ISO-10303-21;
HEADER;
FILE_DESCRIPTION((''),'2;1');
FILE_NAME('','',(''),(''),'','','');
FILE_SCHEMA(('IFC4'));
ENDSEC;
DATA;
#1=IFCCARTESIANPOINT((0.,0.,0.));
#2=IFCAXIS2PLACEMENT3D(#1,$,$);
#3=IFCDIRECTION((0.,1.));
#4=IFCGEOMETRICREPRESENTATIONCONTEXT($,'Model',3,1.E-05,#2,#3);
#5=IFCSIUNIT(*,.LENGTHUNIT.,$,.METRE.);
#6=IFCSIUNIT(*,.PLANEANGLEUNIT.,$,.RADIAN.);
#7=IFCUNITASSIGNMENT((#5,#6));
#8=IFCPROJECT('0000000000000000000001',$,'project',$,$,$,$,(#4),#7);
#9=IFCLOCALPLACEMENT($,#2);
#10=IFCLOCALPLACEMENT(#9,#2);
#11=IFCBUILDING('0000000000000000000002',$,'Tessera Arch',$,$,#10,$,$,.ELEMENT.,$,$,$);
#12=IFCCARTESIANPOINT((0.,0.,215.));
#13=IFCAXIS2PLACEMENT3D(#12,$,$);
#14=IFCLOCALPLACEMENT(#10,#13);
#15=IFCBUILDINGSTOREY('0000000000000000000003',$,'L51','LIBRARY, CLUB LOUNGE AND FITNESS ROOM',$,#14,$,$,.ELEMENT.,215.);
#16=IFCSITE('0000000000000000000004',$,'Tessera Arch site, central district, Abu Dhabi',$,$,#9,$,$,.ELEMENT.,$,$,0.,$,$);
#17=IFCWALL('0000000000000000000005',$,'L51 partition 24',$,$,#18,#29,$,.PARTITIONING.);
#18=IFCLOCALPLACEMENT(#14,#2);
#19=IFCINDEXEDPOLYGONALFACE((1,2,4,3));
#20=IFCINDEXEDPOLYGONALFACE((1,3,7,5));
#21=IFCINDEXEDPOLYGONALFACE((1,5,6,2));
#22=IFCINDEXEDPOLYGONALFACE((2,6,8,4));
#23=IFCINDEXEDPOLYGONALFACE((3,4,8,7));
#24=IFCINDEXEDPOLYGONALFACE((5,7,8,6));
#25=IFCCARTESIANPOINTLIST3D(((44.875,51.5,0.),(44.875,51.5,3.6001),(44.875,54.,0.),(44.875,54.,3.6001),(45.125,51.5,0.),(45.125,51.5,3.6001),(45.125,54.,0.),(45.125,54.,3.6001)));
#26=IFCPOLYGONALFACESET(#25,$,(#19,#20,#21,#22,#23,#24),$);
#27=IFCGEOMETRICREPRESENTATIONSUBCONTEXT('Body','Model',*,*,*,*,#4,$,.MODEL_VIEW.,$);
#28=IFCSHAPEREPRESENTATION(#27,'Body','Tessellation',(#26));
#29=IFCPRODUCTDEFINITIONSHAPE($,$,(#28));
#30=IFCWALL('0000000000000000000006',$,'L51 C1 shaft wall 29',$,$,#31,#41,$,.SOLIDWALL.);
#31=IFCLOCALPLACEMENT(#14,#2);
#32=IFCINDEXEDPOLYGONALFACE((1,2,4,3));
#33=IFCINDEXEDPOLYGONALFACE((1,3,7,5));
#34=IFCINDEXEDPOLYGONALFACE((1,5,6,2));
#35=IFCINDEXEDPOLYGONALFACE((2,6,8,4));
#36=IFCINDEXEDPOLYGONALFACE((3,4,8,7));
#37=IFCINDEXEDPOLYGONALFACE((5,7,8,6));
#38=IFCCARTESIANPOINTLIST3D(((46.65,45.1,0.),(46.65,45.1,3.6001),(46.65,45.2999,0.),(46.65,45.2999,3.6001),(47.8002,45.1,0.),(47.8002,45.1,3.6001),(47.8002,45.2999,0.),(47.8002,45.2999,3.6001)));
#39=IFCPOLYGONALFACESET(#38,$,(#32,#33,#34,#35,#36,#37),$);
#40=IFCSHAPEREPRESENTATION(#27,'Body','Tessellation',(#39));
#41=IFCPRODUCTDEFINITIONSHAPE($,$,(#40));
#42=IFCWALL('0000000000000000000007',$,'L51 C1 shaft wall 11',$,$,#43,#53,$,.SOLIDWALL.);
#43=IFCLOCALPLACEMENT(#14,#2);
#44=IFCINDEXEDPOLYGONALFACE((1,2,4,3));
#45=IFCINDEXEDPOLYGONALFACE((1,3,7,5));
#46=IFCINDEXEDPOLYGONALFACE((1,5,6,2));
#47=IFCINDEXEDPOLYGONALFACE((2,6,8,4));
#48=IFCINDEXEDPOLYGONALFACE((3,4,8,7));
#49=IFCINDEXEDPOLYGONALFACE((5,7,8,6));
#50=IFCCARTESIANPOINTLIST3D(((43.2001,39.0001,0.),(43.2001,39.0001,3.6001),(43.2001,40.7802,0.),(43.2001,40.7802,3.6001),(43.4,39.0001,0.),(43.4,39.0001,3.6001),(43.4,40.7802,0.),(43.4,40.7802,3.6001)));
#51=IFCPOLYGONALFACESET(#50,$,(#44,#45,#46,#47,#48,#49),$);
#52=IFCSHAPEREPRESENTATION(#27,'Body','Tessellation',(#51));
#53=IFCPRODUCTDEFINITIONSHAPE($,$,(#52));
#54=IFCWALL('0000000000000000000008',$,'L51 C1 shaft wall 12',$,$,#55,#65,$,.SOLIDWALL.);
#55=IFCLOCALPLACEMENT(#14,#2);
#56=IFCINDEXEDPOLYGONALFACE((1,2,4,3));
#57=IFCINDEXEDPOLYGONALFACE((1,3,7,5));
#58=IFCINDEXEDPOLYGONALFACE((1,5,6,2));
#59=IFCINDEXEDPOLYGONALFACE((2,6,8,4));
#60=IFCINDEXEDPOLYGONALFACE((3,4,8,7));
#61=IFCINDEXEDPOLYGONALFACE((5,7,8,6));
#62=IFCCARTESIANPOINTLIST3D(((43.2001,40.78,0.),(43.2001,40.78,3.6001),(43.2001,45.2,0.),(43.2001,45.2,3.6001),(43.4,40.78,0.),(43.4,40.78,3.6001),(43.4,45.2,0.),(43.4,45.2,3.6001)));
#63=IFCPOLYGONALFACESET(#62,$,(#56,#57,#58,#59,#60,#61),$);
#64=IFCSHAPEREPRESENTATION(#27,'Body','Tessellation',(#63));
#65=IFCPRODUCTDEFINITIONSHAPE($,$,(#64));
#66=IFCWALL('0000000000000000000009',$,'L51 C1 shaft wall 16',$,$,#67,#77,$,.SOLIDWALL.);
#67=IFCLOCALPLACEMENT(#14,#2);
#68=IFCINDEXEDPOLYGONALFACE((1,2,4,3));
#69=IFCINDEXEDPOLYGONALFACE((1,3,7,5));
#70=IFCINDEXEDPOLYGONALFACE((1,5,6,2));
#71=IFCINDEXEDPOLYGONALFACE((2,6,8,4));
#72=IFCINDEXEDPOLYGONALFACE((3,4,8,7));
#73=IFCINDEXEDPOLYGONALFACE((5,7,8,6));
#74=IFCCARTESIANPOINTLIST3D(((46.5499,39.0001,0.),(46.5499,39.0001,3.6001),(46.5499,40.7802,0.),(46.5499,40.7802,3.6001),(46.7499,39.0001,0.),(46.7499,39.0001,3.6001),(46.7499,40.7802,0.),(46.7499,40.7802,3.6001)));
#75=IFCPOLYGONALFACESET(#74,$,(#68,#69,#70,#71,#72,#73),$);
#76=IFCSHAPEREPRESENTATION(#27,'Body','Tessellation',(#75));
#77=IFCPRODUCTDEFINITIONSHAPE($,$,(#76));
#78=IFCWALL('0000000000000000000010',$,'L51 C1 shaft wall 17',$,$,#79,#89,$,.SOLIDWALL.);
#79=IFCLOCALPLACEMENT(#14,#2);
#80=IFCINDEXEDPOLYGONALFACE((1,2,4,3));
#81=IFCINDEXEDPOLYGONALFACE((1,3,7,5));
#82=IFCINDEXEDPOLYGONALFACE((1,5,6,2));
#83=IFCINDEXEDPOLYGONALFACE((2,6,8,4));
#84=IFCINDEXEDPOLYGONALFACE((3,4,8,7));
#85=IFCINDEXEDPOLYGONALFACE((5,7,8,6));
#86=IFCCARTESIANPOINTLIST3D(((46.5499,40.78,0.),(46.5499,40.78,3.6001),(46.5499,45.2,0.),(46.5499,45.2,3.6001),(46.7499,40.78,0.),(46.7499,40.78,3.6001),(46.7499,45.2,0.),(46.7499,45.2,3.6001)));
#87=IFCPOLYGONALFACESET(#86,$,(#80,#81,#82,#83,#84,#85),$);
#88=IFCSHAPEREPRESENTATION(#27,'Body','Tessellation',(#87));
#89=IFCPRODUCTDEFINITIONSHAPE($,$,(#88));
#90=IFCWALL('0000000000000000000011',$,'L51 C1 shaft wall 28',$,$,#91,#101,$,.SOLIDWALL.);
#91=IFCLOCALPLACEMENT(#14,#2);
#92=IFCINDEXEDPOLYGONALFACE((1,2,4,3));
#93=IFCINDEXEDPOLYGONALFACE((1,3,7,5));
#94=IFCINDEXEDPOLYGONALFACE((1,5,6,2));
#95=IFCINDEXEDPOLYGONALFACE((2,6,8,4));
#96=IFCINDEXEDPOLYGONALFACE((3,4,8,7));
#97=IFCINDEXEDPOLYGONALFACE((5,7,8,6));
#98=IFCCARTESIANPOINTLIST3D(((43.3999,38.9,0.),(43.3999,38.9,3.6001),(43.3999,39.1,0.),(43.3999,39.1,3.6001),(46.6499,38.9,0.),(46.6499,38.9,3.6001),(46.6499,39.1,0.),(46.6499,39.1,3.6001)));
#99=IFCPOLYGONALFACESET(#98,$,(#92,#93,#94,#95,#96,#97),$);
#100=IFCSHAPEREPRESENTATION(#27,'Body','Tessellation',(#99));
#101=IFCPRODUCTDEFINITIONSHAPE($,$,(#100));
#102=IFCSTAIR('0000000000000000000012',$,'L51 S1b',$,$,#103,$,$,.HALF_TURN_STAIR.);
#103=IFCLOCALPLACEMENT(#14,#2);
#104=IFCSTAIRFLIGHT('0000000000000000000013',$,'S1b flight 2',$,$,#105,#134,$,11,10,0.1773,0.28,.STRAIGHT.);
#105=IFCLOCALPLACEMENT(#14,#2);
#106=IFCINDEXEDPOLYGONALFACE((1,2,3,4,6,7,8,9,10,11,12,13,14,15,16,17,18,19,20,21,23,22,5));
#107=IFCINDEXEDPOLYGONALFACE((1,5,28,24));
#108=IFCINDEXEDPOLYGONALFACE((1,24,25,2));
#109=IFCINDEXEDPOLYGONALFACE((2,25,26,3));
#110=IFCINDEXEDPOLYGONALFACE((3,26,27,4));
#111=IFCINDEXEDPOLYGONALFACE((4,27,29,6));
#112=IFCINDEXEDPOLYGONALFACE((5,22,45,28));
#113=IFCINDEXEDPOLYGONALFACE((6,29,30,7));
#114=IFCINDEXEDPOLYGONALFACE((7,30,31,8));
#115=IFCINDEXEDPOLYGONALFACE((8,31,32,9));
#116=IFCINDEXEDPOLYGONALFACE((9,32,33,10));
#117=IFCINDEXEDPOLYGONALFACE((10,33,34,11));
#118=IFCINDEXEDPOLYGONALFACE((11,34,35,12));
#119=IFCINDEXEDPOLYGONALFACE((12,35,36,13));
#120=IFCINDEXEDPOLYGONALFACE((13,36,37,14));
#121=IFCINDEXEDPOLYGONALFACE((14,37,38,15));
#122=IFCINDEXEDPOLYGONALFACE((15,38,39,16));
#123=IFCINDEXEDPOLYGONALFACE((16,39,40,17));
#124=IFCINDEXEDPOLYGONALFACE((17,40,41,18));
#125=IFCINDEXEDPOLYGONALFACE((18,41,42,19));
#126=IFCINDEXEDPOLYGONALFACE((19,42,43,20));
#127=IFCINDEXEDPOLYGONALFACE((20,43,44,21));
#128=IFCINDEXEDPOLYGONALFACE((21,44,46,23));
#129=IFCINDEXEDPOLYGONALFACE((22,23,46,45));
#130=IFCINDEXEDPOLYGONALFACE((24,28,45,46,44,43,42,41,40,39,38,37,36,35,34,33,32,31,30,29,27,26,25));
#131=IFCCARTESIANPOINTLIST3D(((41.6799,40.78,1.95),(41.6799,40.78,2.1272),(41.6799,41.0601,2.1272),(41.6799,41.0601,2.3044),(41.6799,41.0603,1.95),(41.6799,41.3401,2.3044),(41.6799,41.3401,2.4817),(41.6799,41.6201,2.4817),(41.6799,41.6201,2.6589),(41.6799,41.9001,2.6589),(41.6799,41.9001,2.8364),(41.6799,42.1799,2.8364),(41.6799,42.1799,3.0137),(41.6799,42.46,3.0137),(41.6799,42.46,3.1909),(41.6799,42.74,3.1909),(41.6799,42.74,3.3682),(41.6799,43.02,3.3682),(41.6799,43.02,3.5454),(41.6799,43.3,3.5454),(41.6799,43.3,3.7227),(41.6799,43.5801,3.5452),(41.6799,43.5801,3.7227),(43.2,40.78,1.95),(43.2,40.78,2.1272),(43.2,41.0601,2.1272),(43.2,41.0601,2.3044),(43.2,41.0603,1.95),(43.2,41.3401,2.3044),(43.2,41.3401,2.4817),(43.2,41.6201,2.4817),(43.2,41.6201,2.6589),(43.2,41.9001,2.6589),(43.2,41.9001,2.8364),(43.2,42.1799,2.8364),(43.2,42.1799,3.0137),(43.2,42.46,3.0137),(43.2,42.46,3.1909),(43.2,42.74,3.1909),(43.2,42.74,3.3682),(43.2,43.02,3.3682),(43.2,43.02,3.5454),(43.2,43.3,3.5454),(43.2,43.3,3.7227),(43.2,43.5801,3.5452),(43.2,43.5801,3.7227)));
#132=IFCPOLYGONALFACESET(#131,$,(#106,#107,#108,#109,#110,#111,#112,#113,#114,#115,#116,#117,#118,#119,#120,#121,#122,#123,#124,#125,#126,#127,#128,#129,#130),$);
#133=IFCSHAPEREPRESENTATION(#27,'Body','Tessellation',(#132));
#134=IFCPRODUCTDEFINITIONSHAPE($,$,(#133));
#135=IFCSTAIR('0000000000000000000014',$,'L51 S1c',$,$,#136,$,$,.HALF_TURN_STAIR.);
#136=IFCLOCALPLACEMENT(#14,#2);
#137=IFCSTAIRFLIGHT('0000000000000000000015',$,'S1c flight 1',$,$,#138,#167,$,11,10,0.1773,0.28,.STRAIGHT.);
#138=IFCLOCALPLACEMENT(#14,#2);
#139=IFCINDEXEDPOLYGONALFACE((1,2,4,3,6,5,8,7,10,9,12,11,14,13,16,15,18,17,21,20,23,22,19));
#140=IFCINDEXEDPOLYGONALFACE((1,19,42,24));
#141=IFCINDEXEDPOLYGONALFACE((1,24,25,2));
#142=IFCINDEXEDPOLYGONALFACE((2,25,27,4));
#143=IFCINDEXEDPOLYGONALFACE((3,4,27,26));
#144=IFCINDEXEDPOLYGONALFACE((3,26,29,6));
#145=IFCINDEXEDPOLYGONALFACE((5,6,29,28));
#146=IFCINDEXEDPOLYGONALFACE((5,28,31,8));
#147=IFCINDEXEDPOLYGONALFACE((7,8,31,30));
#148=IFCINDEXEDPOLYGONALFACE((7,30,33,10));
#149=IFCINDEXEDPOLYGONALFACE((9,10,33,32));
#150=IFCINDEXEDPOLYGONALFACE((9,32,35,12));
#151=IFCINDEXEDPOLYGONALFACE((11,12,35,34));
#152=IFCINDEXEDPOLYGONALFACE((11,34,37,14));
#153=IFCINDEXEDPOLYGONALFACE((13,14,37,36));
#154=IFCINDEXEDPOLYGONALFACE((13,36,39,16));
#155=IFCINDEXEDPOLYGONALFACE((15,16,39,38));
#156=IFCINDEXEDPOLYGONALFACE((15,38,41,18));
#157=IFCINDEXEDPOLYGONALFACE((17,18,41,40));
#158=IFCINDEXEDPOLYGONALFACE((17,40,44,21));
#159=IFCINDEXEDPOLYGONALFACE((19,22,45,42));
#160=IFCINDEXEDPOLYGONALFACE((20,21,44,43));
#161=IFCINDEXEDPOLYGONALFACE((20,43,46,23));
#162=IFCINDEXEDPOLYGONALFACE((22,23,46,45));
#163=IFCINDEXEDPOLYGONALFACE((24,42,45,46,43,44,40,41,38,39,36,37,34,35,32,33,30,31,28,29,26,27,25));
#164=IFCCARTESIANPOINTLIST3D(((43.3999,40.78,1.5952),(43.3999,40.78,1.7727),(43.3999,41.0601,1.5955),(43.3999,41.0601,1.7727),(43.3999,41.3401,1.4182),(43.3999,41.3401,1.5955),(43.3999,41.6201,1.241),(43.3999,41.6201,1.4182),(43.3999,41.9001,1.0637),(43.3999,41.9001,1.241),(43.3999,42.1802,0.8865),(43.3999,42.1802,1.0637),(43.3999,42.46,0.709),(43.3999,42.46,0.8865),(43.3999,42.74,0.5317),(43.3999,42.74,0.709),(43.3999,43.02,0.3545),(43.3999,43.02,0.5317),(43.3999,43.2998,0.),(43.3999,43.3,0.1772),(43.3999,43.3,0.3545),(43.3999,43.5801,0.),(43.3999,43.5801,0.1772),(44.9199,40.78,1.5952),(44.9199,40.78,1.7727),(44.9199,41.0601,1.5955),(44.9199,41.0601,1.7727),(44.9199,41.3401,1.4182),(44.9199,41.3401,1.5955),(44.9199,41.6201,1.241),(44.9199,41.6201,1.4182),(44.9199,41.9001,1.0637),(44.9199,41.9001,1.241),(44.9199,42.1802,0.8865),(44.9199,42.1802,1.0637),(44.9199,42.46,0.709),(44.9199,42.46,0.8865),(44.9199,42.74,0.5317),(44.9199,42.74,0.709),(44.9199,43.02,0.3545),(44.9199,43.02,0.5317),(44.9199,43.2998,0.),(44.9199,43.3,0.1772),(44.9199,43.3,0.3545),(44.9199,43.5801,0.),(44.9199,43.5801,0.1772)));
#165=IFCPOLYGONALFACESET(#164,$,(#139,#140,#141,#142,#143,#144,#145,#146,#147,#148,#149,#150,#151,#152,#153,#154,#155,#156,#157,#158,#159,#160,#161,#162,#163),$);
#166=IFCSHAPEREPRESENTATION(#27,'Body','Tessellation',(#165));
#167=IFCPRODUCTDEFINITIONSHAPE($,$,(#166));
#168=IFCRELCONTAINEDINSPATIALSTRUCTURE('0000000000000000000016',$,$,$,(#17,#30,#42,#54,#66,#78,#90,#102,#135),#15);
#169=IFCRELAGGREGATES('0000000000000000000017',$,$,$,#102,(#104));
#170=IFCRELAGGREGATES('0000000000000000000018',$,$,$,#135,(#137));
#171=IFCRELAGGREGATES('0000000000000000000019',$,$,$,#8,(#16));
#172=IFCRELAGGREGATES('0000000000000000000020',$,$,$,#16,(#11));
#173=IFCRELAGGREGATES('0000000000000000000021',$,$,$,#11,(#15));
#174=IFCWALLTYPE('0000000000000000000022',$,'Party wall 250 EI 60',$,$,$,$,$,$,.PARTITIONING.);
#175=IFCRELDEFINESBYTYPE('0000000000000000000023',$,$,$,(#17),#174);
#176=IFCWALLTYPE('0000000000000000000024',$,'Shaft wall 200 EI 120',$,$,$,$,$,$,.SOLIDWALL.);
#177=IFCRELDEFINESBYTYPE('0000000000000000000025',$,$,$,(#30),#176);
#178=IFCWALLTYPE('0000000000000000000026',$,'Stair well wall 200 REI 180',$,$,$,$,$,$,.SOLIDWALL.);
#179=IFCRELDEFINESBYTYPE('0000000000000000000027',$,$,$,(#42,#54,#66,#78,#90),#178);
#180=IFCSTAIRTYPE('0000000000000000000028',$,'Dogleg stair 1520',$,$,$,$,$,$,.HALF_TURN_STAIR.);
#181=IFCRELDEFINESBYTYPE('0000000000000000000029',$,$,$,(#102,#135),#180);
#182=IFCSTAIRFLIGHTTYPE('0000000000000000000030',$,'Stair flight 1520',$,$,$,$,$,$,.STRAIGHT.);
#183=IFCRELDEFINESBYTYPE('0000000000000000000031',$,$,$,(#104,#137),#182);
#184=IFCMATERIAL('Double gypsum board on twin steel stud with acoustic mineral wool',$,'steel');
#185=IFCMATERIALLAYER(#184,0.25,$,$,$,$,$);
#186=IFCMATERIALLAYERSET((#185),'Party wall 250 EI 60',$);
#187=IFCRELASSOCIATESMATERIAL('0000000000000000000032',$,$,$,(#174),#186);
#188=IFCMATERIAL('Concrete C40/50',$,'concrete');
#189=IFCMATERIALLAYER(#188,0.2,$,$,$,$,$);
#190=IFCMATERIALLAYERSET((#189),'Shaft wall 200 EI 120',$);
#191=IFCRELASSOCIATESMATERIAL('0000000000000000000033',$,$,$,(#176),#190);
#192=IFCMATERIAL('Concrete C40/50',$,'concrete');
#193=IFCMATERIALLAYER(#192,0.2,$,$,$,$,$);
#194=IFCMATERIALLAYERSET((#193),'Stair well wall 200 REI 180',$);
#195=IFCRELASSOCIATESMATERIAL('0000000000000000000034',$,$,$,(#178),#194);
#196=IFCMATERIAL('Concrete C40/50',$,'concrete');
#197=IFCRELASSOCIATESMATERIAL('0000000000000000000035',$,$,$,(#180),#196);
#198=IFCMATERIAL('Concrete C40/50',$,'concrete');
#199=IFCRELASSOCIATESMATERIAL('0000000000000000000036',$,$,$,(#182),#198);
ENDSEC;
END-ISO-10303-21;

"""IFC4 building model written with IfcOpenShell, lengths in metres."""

from ifc_helpers import new_model, si_unit, direction, frame, frame_2d, origin, place, context, subcontext, project, spatial, polyline, rectangle, outline, extrude, material, layer, layer_set, type_object, element, aggregate, save


model = new_model("IFC4")

# Units and contexts
model_context = context("Model", 3, precision=1e-05, world=origin(), true_north=direction((0.0, 1.0)))
body_context = subcontext(model_context, "Body", "Model", "MODEL_VIEW")
ifc_project = project(units=[si_unit("LENGTHUNIT", "METRE"), si_unit("PLANEANGLEUNIT", "RADIAN")], contexts=[model_context])

# Site, building, storey
site_placement = place(None, origin())
site = spatial("IfcSite", under=ifc_project, at=site_placement, Name="Tessera Arch site, central district, Abu Dhabi", CompositionType="ELEMENT", RefElevation=0.0)
building_placement = place(site_placement, origin())
building = spatial("IfcBuilding", under=site, at=building_placement, Name="Tessera Arch", CompositionType="ELEMENT")
storey_placement = place(building_placement, frame((0.0, 0.0, 215.0)))
storey = spatial("IfcBuildingStorey", under=building, at=storey_placement, Name="L51", Description="LIBRARY, CLUB LOUNGE AND FITNESS ROOM", CompositionType="ELEMENT", Elevation=215.0)

# Walls
ifc_material_1 = material(Name="Double gypsum board on twin steel stud with acoustic mineral wool", Category="steel")
ifc_layer_1 = layer(ifc_material_1, 0.25)
ifc_layer_set_1 = layer_set([ifc_layer_1], Name="Party wall 250 EI 60")
wall_type_1 = type_object("IfcWallType", Name="Party wall 250 EI 60", PredefinedType="PARTITIONING", material=ifc_layer_set_1)
wall_1_placement = place(storey_placement, frame((45.0, 51.5, 0.0), z_axis=(0.0, 0.0, 1.0), x_axis=(0.0, 1.0, 0.0)))
element("IfcWall", 1, at=wall_1_placement, inside=storey, type_object=wall_type_1, Name="L51 partition 24", PredefinedType="PARTITIONING", context=body_context, shape_type="SweptSolid", body=[
    extrude(rectangle(XDim=2.5, YDim=0.25, at=frame_2d((1.25, 0.0))), origin(), (0.0, 0.0, 1.0), 3.6001),
])
ifc_material_2 = material(Name="Concrete C40/50", Category="concrete")
ifc_layer_2 = layer(ifc_material_2, 0.2)
ifc_layer_set_2 = layer_set([ifc_layer_2], Name="Shaft wall 200 EI 120")
wall_type_2 = type_object("IfcWallType", Name="Shaft wall 200 EI 120", PredefinedType="SOLIDWALL", material=ifc_layer_set_2)
wall_2_placement = place(storey_placement, frame((46.6499, 45.2, 0.0), z_axis=(0.0, 0.0, 1.0), x_axis=(1.0, 0.0, 0.0)))
element("IfcWall", 2, at=wall_2_placement, inside=storey, type_object=wall_type_2, Name="L51 C1 shaft wall 29", PredefinedType="SOLIDWALL", context=body_context, shape_type="SweptSolid", body=[
    extrude(rectangle(XDim=1.1501, YDim=0.2, at=frame_2d((0.5752, 0.0))), origin(), (0.0, 0.0, 1.0), 3.6001),
])
ifc_material_3 = material(Name="Concrete C40/50", Category="concrete")
ifc_layer_3 = layer(ifc_material_3, 0.2)
ifc_layer_set_3 = layer_set([ifc_layer_3], Name="Stair well wall 200 REI 180")
wall_type_3 = type_object("IfcWallType", Name="Stair well wall 200 REI 180", PredefinedType="SOLIDWALL", material=ifc_layer_set_3)
wall_3_placement = place(storey_placement, frame((43.3, 39.0, 0.0), z_axis=(0.0, 0.0, 1.0), x_axis=(0.0, 1.0, 0.0)))
element("IfcWall", 3, at=wall_3_placement, inside=storey, type_object=wall_type_3, Name="L51 C1 shaft wall 11", PredefinedType="SOLIDWALL", context=body_context, shape_type="SweptSolid", body=[
    extrude(rectangle(XDim=1.78, YDim=0.2, at=frame_2d((0.8901, 0.0))), origin(), (0.0, 0.0, 1.0), 3.6001),
])
wall_4_placement = place(storey_placement, frame((43.3, 40.78, 0.0), z_axis=(0.0, 0.0, 1.0), x_axis=(0.0, 1.0, 0.0)))
element("IfcWall", 4, at=wall_4_placement, inside=storey, type_object=wall_type_3, Name="L51 C1 shaft wall 12", PredefinedType="SOLIDWALL", context=body_context, shape_type="SweptSolid", body=[
    extrude(rectangle(XDim=4.4199, YDim=0.2, at=frame_2d((2.21, 0.0))), origin(), (0.0, 0.0, 1.0), 3.6001),
])
wall_5_placement = place(storey_placement, frame((46.6499, 39.0, 0.0), z_axis=(0.0, 0.0, 1.0), x_axis=(0.0, 1.0, 0.0)))
element("IfcWall", 5, at=wall_5_placement, inside=storey, type_object=wall_type_3, Name="L51 C1 shaft wall 16", PredefinedType="SOLIDWALL", context=body_context, shape_type="SweptSolid", body=[
    extrude(rectangle(XDim=1.78, YDim=0.2, at=frame_2d((0.8901, 0.0))), origin(), (0.0, 0.0, 1.0), 3.6001),
])
wall_6_placement = place(storey_placement, frame((46.6499, 40.78, 0.0), z_axis=(0.0, 0.0, 1.0), x_axis=(0.0, 1.0, 0.0)))
element("IfcWall", 6, at=wall_6_placement, inside=storey, type_object=wall_type_3, Name="L51 C1 shaft wall 17", PredefinedType="SOLIDWALL", context=body_context, shape_type="SweptSolid", body=[
    extrude(rectangle(XDim=4.4199, YDim=0.2, at=frame_2d((2.21, 0.0))), origin(), (0.0, 0.0, 1.0), 3.6001),
])
wall_7_placement = place(storey_placement, frame((43.3999, 39.0, 0.0), z_axis=(0.0, 0.0, 1.0), x_axis=(1.0, 0.0, 0.0)))
element("IfcWall", 7, at=wall_7_placement, inside=storey, type_object=wall_type_3, Name="L51 C1 shaft wall 28", PredefinedType="SOLIDWALL", context=body_context, shape_type="SweptSolid", body=[
    extrude(rectangle(XDim=3.25, YDim=0.2, at=frame_2d((1.625, 0.0))), origin(), (0.0, 0.0, 1.0), 3.6001),
])

# Stair, stair flight
ifc_material_4 = material(Name="Concrete C40/50", Category="concrete")
stair_type = type_object("IfcStairType", Name="Dogleg stair 1520", PredefinedType="HALF_TURN_STAIR", material=ifc_material_4)
stair_1_placement = place(storey_placement, origin())
stair_1 = element("IfcStair", 8, at=stair_1_placement, inside=storey, type_object=stair_type, Name="L51 S1b", PredefinedType="HALF_TURN_STAIR")
ifc_material_5 = material(Name="Concrete C40/50", Category="concrete")
stair_flight_type = type_object("IfcStairFlightType", Name="Stair flight 1520", PredefinedType="STRAIGHT", material=ifc_material_5)
stair_flight_1_placement = place(storey_placement, frame((42.4399, 40.78, 1.95), z_axis=(0.0, 0.0, 1.0), x_axis=(0.0, 1.0, 0.0)))
stair_flight_1 = element("IfcStairFlight", 9, at=stair_flight_1_placement, type_object=stair_flight_type, Name="S1b flight 2", NumberOfRisers=11, NumberOfTreads=10, PredefinedType="STRAIGHT", RiserHeight=0.1773, TreadLength=0.28, context=body_context, shape_type="SweptSolid", body=[
    extrude(outline(polyline([(0.0, 0.0), (0.0, 0.1772), (0.28, 0.1772), (0.28, 0.3545), (0.5601, 0.3545), (0.5601, 0.5317), (0.8401, 0.5317), (0.8401, 0.709), (1.1201, 0.709), (1.1201, 0.8865), (1.3999, 0.8865), (1.3999, 1.0637), (1.6799, 1.0637), (1.6799, 1.241), (1.96, 1.241), (1.96, 1.4182), (2.24, 1.4182), (2.24, 1.5955), (2.52, 1.5955), (2.52, 1.7727), (2.8, 1.7727), (2.8, 1.95), (2.8, 1.5952), (0.2803, 0.0), (0.0, 0.0)])), frame((0.0, 0.76, 0.0), z_axis=(0.0, -1.0, 0.0), x_axis=(1.0, 0.0, 0.0)), (0.0, 0.0, 1.0), 1.52),
])
aggregate(stair_1, [stair_flight_1])

# Stair, stair flight
stair_2_placement = place(storey_placement, origin())
stair_2 = element("IfcStair", 10, at=stair_2_placement, inside=storey, type_object=stair_type, Name="L51 S1c", PredefinedType="HALF_TURN_STAIR")
stair_flight_2_placement = place(storey_placement, frame((44.1599, 43.5801, 0.0), z_axis=(0.0, 0.0, 1.0), x_axis=(0.0, -1.0, 0.0)))
stair_flight_2 = element("IfcStairFlight", 11, at=stair_flight_2_placement, type_object=stair_flight_type, Name="S1c flight 1", NumberOfRisers=11, NumberOfTreads=10, PredefinedType="STRAIGHT", RiserHeight=0.1773, TreadLength=0.28, context=body_context, shape_type="SweptSolid", body=[
    extrude(outline(polyline([(0.0, 0.0), (0.0, 0.1772), (0.28, 0.1772), (0.28, 0.3545), (0.5601, 0.3545), (0.5601, 0.5317), (0.8401, 0.5317), (0.8401, 0.709), (1.1201, 0.709), (1.1201, 0.8865), (1.3999, 0.8865), (1.3999, 1.0637), (1.6799, 1.0637), (1.6799, 1.241), (1.96, 1.241), (1.96, 1.4182), (2.24, 1.4182), (2.24, 1.5955), (2.52, 1.5955), (2.52, 1.7727), (2.8, 1.7727), (2.8, 1.95), (2.8, 1.5952), (0.2803, 0.0), (0.0, 0.0)])), frame((0.0, 0.76, 0.0), z_axis=(0.0, -1.0, 0.0), x_axis=(1.0, 0.0, 0.0)), (0.0, 0.0, 1.0), 1.52),
])
aggregate(stair_2, [stair_flight_2])

save(model, "model.ifc")
